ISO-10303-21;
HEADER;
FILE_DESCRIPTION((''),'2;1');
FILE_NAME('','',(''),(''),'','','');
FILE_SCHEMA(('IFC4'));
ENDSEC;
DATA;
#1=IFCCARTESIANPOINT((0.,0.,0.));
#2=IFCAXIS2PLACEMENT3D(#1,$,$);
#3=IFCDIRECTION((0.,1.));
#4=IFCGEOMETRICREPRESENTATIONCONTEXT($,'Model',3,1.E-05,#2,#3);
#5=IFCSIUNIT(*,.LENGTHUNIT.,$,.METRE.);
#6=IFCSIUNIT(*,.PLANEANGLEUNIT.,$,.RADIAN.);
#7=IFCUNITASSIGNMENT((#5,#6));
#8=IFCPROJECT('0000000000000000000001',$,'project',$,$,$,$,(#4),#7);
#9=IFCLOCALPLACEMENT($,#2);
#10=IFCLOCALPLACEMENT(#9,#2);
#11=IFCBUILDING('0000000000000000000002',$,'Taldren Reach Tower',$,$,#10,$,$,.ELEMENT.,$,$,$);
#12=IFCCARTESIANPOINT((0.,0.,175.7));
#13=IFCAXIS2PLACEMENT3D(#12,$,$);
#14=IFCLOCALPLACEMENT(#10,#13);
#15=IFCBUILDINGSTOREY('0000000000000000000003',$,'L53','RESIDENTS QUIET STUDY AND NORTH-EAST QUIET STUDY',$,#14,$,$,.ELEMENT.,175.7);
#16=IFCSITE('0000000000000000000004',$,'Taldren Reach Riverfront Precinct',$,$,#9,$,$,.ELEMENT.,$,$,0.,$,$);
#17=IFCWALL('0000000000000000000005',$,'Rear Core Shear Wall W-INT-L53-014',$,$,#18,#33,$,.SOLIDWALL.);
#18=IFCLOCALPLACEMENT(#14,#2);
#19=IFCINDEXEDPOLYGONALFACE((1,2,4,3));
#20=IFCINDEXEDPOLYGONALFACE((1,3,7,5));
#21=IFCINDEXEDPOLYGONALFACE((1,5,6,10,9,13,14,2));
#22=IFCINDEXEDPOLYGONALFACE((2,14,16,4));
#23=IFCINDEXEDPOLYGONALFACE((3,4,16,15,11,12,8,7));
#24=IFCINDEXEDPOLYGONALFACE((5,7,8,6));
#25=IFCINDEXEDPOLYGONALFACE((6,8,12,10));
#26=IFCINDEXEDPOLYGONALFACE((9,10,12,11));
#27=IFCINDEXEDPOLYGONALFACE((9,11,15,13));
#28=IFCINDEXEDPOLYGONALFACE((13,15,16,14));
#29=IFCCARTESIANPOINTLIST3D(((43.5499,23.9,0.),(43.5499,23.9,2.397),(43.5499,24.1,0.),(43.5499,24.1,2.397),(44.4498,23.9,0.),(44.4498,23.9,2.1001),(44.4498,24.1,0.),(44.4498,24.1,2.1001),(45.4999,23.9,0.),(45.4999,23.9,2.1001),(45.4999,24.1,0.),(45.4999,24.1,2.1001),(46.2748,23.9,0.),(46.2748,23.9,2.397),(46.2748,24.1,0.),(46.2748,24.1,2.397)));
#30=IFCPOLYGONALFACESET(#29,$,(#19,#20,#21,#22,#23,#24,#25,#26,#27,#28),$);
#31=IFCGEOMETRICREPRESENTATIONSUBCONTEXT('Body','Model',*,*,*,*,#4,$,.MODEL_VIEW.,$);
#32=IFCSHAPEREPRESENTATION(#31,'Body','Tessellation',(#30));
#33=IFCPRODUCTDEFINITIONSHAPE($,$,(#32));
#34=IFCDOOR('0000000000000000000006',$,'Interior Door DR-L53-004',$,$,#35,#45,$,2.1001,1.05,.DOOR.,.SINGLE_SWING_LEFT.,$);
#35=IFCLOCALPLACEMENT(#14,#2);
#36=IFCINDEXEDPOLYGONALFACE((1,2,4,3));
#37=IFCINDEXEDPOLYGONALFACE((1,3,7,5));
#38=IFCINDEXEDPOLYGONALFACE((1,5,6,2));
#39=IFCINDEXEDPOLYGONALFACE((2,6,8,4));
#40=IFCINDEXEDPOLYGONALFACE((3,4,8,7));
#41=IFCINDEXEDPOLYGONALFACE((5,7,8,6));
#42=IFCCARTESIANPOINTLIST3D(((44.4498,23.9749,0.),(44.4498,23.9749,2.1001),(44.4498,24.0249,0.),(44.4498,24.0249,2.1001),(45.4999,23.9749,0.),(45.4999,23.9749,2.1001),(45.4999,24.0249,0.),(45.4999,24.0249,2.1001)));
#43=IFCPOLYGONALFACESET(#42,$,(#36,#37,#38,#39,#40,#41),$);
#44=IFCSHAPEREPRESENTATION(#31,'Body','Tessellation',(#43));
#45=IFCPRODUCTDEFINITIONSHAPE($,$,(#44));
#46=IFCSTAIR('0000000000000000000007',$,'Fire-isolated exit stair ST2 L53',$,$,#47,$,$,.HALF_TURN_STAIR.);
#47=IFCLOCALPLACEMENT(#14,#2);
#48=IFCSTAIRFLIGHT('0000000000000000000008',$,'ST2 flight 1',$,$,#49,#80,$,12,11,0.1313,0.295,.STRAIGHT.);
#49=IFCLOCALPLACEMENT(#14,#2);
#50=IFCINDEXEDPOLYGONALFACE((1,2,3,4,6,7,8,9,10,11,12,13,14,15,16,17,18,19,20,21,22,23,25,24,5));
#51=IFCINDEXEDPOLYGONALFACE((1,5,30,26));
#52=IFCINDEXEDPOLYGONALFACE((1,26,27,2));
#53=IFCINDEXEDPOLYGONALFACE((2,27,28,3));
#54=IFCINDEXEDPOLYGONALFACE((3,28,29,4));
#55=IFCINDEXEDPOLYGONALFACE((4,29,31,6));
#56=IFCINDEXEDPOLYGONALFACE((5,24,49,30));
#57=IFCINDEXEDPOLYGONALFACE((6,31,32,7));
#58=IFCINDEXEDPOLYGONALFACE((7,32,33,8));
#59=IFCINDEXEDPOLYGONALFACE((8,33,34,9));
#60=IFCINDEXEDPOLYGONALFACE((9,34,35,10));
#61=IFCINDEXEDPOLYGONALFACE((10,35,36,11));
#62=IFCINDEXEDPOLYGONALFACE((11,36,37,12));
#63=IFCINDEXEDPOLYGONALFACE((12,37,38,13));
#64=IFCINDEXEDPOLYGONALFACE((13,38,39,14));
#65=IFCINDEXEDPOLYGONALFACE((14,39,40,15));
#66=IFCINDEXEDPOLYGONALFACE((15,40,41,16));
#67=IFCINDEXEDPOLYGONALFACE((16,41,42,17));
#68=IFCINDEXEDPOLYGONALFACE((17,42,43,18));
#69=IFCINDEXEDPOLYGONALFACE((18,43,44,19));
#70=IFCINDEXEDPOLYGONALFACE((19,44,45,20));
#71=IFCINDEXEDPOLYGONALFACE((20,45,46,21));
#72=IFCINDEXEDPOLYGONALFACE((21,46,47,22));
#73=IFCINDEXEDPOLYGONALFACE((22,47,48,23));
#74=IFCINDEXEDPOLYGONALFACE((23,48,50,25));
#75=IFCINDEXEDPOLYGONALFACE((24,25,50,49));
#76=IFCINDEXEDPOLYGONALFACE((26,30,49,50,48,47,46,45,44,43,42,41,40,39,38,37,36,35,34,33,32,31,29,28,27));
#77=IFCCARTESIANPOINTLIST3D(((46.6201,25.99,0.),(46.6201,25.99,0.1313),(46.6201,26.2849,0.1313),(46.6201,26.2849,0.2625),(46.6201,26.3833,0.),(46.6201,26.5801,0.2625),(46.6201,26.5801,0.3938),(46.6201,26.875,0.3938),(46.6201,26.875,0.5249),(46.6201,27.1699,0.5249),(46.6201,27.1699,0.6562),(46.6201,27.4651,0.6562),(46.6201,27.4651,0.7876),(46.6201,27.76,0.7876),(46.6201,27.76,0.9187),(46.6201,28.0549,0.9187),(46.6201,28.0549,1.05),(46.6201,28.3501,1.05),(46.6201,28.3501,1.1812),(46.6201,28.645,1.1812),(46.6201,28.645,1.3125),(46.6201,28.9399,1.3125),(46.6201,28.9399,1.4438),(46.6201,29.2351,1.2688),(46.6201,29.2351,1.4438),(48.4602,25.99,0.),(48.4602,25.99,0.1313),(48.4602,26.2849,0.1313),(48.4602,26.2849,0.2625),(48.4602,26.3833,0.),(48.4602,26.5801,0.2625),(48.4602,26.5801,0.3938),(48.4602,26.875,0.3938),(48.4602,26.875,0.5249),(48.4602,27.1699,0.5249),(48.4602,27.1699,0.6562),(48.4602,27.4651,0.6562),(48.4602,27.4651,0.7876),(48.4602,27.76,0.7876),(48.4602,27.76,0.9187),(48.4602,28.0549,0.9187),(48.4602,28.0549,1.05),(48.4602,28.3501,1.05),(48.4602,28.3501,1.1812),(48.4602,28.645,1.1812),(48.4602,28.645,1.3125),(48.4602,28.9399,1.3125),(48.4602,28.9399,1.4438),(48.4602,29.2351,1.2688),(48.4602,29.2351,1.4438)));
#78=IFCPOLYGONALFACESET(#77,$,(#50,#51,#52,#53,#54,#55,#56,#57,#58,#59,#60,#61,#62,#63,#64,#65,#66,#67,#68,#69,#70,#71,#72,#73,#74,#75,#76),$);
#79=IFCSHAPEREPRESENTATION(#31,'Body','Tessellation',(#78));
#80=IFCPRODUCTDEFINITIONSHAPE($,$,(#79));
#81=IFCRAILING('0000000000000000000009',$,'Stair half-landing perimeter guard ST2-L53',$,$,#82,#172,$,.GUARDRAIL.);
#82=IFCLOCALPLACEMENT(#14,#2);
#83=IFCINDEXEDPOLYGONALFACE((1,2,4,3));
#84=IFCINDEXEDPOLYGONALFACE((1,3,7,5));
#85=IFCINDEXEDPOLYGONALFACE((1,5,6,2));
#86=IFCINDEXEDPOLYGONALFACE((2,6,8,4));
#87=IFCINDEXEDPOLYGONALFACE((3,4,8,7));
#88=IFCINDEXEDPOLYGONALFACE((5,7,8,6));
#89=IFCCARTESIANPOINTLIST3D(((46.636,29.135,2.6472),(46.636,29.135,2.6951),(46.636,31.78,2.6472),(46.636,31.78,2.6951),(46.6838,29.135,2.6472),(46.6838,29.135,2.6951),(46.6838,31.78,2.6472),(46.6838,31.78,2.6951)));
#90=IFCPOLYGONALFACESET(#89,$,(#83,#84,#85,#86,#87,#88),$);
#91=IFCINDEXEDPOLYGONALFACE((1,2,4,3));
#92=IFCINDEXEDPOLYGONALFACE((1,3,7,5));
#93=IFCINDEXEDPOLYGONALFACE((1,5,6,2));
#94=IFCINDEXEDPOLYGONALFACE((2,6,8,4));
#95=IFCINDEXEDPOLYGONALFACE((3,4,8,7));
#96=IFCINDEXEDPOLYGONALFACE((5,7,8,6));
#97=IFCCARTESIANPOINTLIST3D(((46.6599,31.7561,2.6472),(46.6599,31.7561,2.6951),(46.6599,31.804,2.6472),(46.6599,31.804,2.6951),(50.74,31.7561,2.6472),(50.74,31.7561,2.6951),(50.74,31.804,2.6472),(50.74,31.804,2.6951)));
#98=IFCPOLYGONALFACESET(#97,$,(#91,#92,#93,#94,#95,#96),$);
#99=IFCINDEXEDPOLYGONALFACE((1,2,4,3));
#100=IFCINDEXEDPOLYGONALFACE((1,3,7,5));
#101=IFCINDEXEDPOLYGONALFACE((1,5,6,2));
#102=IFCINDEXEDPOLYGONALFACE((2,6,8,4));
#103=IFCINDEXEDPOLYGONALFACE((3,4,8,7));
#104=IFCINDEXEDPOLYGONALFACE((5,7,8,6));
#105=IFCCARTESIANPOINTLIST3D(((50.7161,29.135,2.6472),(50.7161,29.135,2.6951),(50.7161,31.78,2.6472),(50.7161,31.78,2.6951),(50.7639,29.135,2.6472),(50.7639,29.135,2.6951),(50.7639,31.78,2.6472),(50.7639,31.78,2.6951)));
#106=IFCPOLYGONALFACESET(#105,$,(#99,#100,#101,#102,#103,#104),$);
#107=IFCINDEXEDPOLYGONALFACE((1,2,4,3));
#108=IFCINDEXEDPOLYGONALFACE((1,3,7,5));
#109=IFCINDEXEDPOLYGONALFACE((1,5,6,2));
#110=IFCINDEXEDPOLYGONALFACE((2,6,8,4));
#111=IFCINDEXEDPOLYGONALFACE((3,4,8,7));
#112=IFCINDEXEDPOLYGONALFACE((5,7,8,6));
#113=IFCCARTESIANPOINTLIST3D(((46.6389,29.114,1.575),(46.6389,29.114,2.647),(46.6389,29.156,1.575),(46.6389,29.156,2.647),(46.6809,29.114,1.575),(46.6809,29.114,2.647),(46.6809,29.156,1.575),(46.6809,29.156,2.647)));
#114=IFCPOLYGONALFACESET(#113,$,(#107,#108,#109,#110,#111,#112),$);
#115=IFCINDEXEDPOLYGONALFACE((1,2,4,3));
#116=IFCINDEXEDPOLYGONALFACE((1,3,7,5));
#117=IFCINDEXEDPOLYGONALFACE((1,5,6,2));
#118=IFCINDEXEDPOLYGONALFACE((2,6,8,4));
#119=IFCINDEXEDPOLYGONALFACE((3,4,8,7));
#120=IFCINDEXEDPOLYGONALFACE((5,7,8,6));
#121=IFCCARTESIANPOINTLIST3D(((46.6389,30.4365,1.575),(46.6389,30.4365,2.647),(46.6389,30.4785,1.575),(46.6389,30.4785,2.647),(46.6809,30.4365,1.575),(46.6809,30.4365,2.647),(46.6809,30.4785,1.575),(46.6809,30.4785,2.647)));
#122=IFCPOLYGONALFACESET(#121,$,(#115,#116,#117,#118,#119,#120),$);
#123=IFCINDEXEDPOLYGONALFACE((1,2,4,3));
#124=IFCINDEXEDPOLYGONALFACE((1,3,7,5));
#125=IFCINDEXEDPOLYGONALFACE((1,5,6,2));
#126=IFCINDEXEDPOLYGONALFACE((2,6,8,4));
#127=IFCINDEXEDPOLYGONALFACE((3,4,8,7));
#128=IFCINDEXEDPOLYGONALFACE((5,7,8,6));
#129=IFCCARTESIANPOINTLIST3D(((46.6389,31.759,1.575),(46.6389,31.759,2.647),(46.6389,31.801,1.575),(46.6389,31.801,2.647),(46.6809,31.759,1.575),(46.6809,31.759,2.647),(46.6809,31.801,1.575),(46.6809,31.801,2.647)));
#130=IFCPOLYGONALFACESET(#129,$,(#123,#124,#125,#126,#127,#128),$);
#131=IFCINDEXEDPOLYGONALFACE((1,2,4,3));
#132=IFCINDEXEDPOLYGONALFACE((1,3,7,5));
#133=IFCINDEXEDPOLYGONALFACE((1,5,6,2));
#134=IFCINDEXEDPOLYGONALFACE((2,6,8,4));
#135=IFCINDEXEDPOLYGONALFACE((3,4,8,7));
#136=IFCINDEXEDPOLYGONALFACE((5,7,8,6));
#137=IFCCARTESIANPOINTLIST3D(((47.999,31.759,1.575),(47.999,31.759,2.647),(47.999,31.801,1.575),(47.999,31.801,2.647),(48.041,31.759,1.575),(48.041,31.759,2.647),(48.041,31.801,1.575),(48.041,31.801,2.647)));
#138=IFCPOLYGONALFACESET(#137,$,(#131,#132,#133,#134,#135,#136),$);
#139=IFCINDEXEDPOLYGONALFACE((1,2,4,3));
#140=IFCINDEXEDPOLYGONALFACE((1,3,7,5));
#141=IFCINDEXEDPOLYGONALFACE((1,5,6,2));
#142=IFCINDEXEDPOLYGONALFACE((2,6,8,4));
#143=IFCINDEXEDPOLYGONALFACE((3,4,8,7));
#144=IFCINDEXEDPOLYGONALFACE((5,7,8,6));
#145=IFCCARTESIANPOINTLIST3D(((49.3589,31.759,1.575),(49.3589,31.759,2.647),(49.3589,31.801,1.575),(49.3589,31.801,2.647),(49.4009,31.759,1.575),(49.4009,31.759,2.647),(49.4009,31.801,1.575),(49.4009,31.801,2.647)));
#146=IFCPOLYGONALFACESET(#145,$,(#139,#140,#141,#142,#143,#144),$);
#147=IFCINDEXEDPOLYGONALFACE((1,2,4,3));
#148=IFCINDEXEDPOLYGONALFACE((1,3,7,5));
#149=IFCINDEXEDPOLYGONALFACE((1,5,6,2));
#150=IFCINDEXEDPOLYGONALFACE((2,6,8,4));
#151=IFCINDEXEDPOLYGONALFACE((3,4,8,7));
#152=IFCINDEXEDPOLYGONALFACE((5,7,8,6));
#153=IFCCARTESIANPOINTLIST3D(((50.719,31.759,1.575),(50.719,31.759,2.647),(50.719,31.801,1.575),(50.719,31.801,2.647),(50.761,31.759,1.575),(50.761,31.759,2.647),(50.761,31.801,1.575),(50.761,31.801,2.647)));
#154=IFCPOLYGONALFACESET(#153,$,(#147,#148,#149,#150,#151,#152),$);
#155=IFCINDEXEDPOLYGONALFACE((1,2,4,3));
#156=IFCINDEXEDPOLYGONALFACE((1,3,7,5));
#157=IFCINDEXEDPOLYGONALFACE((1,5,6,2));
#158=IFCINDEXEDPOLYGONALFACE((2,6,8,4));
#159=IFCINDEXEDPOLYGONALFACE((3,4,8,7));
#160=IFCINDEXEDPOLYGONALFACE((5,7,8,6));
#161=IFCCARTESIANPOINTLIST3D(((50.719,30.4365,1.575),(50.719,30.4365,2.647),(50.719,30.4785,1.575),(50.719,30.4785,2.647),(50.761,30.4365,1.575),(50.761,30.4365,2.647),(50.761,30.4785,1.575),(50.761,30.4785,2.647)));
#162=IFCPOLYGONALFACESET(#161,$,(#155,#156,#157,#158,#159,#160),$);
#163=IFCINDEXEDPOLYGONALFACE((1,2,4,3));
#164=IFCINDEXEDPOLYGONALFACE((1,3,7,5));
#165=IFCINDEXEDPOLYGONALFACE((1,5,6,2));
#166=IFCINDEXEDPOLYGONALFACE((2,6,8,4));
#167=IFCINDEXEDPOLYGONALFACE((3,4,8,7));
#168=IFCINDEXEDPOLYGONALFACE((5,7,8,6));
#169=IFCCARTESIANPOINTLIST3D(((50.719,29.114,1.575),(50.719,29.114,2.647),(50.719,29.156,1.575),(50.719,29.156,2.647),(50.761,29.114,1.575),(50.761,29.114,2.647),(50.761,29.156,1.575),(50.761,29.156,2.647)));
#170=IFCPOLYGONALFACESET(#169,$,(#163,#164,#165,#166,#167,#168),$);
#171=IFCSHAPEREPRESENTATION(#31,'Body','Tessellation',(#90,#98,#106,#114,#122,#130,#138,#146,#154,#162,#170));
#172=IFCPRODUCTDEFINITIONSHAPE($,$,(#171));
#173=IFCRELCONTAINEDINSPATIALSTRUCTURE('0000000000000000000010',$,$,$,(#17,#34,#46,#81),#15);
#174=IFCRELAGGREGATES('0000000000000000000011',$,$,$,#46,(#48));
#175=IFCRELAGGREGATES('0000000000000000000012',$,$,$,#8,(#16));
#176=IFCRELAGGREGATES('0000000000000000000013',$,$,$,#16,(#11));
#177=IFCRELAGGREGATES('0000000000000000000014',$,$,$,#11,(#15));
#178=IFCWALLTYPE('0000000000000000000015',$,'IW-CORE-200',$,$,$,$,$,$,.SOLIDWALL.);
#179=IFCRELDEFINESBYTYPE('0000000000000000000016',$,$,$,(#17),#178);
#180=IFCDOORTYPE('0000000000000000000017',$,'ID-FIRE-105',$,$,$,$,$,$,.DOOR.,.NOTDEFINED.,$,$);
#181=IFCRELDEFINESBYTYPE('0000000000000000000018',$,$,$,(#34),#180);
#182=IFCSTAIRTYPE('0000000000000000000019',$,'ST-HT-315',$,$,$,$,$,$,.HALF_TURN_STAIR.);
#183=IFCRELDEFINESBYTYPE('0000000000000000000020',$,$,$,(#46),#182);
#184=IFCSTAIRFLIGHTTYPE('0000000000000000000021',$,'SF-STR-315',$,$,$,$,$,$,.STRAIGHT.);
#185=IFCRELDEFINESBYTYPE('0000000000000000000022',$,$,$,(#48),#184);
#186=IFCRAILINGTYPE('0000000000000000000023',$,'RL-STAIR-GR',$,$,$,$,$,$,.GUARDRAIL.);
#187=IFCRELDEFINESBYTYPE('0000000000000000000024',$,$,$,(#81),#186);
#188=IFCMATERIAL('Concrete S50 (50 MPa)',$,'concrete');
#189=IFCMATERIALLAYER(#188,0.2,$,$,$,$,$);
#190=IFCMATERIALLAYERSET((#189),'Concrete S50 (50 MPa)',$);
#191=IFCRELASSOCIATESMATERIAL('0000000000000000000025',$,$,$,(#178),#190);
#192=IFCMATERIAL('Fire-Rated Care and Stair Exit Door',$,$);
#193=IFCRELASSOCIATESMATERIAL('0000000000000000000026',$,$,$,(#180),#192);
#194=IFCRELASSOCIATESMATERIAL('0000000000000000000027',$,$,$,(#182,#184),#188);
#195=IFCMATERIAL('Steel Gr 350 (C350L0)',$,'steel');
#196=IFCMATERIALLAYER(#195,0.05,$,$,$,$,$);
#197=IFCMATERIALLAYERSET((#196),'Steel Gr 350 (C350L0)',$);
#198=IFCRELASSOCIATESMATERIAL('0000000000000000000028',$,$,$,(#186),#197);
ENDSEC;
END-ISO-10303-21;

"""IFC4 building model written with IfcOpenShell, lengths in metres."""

from ifc_helpers import new_model, si_unit, direction, frame, frame_2d, origin, origin_2d, place, context, subcontext, project, spatial, polyline, rectangle, outline, extrude, source, transform, mapped, material, layer, layer_set, type_object, element, fill, aggregate, save


model = new_model("IFC4")

# Units and contexts
model_context = context("Model", 3, precision=1e-05, world=origin(), true_north=direction((0.0, 1.0)))
body_context = subcontext(model_context, "Body", "Model", "MODEL_VIEW")
ifc_project = project(units=[si_unit("LENGTHUNIT", "METRE"), si_unit("PLANEANGLEUNIT", "RADIAN")], contexts=[model_context])

# Site, building, storey
site_placement = place(None, origin())
site = spatial("IfcSite", under=ifc_project, at=site_placement, Name="Taldren Reach Riverfront Precinct", CompositionType="ELEMENT", RefElevation=0.0)
building_placement = place(site_placement, origin())
building = spatial("IfcBuilding", under=site, at=building_placement, Name="Taldren Reach Tower", CompositionType="ELEMENT")
storey_placement = place(building_placement, frame((0.0, 0.0, 175.7)))
storey = spatial("IfcBuildingStorey", under=building, at=storey_placement, Name="L53", Description="RESIDENTS QUIET STUDY AND NORTH-EAST QUIET STUDY", CompositionType="ELEMENT", Elevation=175.7)

# Shared definitions
ifc_material_1 = material(Name="Steel Gr 350 (C350L0)", Category="steel")

# Shared definitions
ifc_material_2 = material(Name="Concrete S50 (50 MPa)", Category="concrete")
ifc_layer_1 = layer(ifc_material_2, 0.2)
ifc_layer_set_1 = layer_set([ifc_layer_1], Name="Concrete S50 (50 MPa)")
wall_type_1 = type_object("IfcWallType", Name="IW-CORE-200", PredefinedType="SOLIDWALL", material=ifc_layer_set_1)
shared_shape_1 = source(origin(), body_context, "Body", "SweptSolid", [
    extrude(rectangle(XDim=1.05, YDim=2.1001, at=frame_2d((0.5249, 1.05))), frame((0.0, 0.1099, 0.0), z_axis=(0.0, -1.0, 0.0), x_axis=(1.0, 0.0, 0.0)), (0.0, 0.0, 1.0), 0.22),
])
ifc_material_3 = material(Name="Fire-Rated Care and Stair Exit Door")
door_type_1 = type_object("IfcDoorType", Name="ID-FIRE-105", OperationType="NOTDEFINED", PredefinedType="DOOR", material=ifc_material_3)
shared_shape_2 = source(origin(), body_context, "Body", "SweptSolid", [
    extrude(rectangle(XDim=1.05, YDim=2.1001, at=frame_2d((0.5249, 1.05))), frame((0.0, 0.0249, 0.0), z_axis=(0.0, -1.0, 0.0), x_axis=(1.0, 0.0, 0.0)), (0.0, 0.0, 1.0), 0.05),
])

# Wall, opening, door
shared_shape_3 = source(origin(), body_context, "Body", "SweptSolid", [
    extrude(rectangle(XDim=2.7249, YDim=0.2, at=frame_2d((1.3623, 0.0))), origin(), (0.0, 0.0, 1.0), 2.397),
])
wall_1_placement = place(storey_placement, frame((43.55, 24.0, 0.0), z_axis=(0.0, 0.0, 1.0), x_axis=(1.0, 0.0, 0.0)))
wall_1 = element("IfcWall", 1, at=wall_1_placement, inside=storey, type_object=wall_type_1, Name="Rear Core Shear Wall W-INT-L53-014", PredefinedType="SOLIDWALL", context=body_context, shape_type="MappedRepresentation", body=[
    mapped(shared_shape_3, transform((0.0, 0.0, 0.0), scale=1.0)),
])
opening_1_placement = place(wall_1_placement, frame((0.8999, 0.0, 0.0)))
opening_1 = element("IfcOpeningElement", 2, at=opening_1_placement, cuts=wall_1, PredefinedType="OPENING", context=body_context, shape_type="MappedRepresentation", body=[
    mapped(shared_shape_1, transform((0.0, 0.0, 0.0), scale=1.0)),
])
door_1_placement = place(opening_1_placement, origin())
door_1 = element("IfcDoor", 3, at=door_1_placement, inside=storey, type_object=door_type_1, Name="Interior Door DR-L53-004", OperationType="SINGLE_SWING_LEFT", OverallHeight=2.1001, OverallWidth=1.05, PredefinedType="DOOR", context=body_context, shape_type="MappedRepresentation", body=[
    mapped(shared_shape_2, transform((0.0, 0.0, 0.0), scale=1.0)),
])
fill(opening_1, door_1)

# Stair, stair flight
stair_type = type_object("IfcStairType", Name="ST-HT-315", PredefinedType="HALF_TURN_STAIR", material=ifc_material_2)
stair_placement = place(storey_placement, origin())
stair = element("IfcStair", 4, at=stair_placement, inside=storey, type_object=stair_type, Name="Fire-isolated exit stair ST2 L53", PredefinedType="HALF_TURN_STAIR")
stair_flight_type = type_object("IfcStairFlightType", Name="SF-STR-315", PredefinedType="STRAIGHT", material=ifc_material_2)
stair_flight_placement = place(storey_placement, frame((47.54, 25.99, 0.0), z_axis=(0.0, 0.0, 1.0), x_axis=(0.0, 1.0, 0.0)))
stair_flight = element("IfcStairFlight", 5, at=stair_flight_placement, type_object=stair_flight_type, Name="ST2 flight 1", NumberOfRisers=12, NumberOfTreads=11, PredefinedType="STRAIGHT", RiserHeight=0.1313, TreadLength=0.295, context=body_context, shape_type="SweptSolid", body=[
    extrude(outline(polyline([(0.0, 0.0), (0.0, 0.1313), (0.2949, 0.1313), (0.2949, 0.2625), (0.5901, 0.2625), (0.5901, 0.3938), (0.885, 0.3938), (0.885, 0.5249), (1.1799, 0.5249), (1.1799, 0.6562), (1.4751, 0.6562), (1.4751, 0.7876), (1.77, 0.7876), (1.77, 0.9187), (2.0649, 0.9187), (2.0649, 1.05), (2.3601, 1.05), (2.3601, 1.1812), (2.655, 1.1812), (2.655, 1.3125), (2.95, 1.3125), (2.95, 1.4438), (3.2451, 1.4438), (3.2451, 1.575), (3.2451, 1.2688), (0.3933, 0.0), (0.0, 0.0)])), frame((0.0, 0.9199, 0.0), z_axis=(0.0, -1.0, 0.0), x_axis=(1.0, 0.0, 0.0)), (0.0, 0.0, 1.0), 1.8401),
])
aggregate(stair, [stair_flight])

# Railing
ifc_layer_2 = layer(ifc_material_1, 0.05)
ifc_layer_set_2 = layer_set([ifc_layer_2], Name="Steel Gr 350 (C350L0)")
railing_type_1 = type_object("IfcRailingType", Name="RL-STAIR-GR", PredefinedType="GUARDRAIL", material=ifc_layer_set_2)
railing_1_placement = place(storey_placement, frame((46.6599, 29.135, 1.575)))
element("IfcRailing", 6, at=railing_1_placement, inside=storey, type_object=railing_type_1, Name="Stair half-landing perimeter guard ST2-L53", PredefinedType="GUARDRAIL", context=body_context, shape_type="SweptSolid", body=[
    extrude(rectangle(XDim=0.0479, YDim=0.0479, at=origin_2d()), frame((0.0, 0.0, 1.0962), z_axis=(0.0, 1.0, 0.0), x_axis=(-1.0, 0.0, 0.0)), (0.0, 0.0, 1.0), 2.645),
    extrude(rectangle(XDim=0.0479, YDim=0.0479, at=origin_2d()), frame((0.0, 2.645, 1.0962), z_axis=(1.0, 0.0, 0.0), x_axis=(0.0, 1.0, 0.0)), (0.0, 0.0, 1.0), 4.0801),
    extrude(rectangle(XDim=0.0479, YDim=0.0479, at=origin_2d()), frame((4.0801, 2.645, 1.0962), z_axis=(0.0, -1.0, 0.0), x_axis=(1.0, 0.0, 0.0)), (0.0, 0.0, 1.0), 2.645),
    extrude(rectangle(XDim=0.042, YDim=0.042, at=origin_2d()), origin(), (0.0, 0.0, 1.0), 1.072),
    extrude(rectangle(XDim=0.042, YDim=0.042, at=origin_2d()), frame((0.0, 1.3225, 0.0)), (0.0, 0.0, 1.0), 1.072),
    extrude(rectangle(XDim=0.042, YDim=0.042, at=origin_2d()), frame((0.0, 2.645, 0.0)), (0.0, 0.0, 1.0), 1.072),
    extrude(rectangle(XDim=0.042, YDim=0.042, at=origin_2d()), frame((1.3601, 2.645, 0.0)), (0.0, 0.0, 1.0), 1.072),
    extrude(rectangle(XDim=0.042, YDim=0.042, at=origin_2d()), frame((2.72, 2.645, 0.0)), (0.0, 0.0, 1.0), 1.072),
    extrude(rectangle(XDim=0.042, YDim=0.042, at=origin_2d()), frame((4.0801, 2.645, 0.0)), (0.0, 0.0, 1.0), 1.072),
    extrude(rectangle(XDim=0.042, YDim=0.042, at=origin_2d()), frame((4.0801, 1.3225, 0.0)), (0.0, 0.0, 1.0), 1.072),
    extrude(rectangle(XDim=0.042, YDim=0.042, at=origin_2d()), frame((4.0801, 0.0, 0.0)), (0.0, 0.0, 1.0), 1.072),
])

save(model, "model.ifc")
